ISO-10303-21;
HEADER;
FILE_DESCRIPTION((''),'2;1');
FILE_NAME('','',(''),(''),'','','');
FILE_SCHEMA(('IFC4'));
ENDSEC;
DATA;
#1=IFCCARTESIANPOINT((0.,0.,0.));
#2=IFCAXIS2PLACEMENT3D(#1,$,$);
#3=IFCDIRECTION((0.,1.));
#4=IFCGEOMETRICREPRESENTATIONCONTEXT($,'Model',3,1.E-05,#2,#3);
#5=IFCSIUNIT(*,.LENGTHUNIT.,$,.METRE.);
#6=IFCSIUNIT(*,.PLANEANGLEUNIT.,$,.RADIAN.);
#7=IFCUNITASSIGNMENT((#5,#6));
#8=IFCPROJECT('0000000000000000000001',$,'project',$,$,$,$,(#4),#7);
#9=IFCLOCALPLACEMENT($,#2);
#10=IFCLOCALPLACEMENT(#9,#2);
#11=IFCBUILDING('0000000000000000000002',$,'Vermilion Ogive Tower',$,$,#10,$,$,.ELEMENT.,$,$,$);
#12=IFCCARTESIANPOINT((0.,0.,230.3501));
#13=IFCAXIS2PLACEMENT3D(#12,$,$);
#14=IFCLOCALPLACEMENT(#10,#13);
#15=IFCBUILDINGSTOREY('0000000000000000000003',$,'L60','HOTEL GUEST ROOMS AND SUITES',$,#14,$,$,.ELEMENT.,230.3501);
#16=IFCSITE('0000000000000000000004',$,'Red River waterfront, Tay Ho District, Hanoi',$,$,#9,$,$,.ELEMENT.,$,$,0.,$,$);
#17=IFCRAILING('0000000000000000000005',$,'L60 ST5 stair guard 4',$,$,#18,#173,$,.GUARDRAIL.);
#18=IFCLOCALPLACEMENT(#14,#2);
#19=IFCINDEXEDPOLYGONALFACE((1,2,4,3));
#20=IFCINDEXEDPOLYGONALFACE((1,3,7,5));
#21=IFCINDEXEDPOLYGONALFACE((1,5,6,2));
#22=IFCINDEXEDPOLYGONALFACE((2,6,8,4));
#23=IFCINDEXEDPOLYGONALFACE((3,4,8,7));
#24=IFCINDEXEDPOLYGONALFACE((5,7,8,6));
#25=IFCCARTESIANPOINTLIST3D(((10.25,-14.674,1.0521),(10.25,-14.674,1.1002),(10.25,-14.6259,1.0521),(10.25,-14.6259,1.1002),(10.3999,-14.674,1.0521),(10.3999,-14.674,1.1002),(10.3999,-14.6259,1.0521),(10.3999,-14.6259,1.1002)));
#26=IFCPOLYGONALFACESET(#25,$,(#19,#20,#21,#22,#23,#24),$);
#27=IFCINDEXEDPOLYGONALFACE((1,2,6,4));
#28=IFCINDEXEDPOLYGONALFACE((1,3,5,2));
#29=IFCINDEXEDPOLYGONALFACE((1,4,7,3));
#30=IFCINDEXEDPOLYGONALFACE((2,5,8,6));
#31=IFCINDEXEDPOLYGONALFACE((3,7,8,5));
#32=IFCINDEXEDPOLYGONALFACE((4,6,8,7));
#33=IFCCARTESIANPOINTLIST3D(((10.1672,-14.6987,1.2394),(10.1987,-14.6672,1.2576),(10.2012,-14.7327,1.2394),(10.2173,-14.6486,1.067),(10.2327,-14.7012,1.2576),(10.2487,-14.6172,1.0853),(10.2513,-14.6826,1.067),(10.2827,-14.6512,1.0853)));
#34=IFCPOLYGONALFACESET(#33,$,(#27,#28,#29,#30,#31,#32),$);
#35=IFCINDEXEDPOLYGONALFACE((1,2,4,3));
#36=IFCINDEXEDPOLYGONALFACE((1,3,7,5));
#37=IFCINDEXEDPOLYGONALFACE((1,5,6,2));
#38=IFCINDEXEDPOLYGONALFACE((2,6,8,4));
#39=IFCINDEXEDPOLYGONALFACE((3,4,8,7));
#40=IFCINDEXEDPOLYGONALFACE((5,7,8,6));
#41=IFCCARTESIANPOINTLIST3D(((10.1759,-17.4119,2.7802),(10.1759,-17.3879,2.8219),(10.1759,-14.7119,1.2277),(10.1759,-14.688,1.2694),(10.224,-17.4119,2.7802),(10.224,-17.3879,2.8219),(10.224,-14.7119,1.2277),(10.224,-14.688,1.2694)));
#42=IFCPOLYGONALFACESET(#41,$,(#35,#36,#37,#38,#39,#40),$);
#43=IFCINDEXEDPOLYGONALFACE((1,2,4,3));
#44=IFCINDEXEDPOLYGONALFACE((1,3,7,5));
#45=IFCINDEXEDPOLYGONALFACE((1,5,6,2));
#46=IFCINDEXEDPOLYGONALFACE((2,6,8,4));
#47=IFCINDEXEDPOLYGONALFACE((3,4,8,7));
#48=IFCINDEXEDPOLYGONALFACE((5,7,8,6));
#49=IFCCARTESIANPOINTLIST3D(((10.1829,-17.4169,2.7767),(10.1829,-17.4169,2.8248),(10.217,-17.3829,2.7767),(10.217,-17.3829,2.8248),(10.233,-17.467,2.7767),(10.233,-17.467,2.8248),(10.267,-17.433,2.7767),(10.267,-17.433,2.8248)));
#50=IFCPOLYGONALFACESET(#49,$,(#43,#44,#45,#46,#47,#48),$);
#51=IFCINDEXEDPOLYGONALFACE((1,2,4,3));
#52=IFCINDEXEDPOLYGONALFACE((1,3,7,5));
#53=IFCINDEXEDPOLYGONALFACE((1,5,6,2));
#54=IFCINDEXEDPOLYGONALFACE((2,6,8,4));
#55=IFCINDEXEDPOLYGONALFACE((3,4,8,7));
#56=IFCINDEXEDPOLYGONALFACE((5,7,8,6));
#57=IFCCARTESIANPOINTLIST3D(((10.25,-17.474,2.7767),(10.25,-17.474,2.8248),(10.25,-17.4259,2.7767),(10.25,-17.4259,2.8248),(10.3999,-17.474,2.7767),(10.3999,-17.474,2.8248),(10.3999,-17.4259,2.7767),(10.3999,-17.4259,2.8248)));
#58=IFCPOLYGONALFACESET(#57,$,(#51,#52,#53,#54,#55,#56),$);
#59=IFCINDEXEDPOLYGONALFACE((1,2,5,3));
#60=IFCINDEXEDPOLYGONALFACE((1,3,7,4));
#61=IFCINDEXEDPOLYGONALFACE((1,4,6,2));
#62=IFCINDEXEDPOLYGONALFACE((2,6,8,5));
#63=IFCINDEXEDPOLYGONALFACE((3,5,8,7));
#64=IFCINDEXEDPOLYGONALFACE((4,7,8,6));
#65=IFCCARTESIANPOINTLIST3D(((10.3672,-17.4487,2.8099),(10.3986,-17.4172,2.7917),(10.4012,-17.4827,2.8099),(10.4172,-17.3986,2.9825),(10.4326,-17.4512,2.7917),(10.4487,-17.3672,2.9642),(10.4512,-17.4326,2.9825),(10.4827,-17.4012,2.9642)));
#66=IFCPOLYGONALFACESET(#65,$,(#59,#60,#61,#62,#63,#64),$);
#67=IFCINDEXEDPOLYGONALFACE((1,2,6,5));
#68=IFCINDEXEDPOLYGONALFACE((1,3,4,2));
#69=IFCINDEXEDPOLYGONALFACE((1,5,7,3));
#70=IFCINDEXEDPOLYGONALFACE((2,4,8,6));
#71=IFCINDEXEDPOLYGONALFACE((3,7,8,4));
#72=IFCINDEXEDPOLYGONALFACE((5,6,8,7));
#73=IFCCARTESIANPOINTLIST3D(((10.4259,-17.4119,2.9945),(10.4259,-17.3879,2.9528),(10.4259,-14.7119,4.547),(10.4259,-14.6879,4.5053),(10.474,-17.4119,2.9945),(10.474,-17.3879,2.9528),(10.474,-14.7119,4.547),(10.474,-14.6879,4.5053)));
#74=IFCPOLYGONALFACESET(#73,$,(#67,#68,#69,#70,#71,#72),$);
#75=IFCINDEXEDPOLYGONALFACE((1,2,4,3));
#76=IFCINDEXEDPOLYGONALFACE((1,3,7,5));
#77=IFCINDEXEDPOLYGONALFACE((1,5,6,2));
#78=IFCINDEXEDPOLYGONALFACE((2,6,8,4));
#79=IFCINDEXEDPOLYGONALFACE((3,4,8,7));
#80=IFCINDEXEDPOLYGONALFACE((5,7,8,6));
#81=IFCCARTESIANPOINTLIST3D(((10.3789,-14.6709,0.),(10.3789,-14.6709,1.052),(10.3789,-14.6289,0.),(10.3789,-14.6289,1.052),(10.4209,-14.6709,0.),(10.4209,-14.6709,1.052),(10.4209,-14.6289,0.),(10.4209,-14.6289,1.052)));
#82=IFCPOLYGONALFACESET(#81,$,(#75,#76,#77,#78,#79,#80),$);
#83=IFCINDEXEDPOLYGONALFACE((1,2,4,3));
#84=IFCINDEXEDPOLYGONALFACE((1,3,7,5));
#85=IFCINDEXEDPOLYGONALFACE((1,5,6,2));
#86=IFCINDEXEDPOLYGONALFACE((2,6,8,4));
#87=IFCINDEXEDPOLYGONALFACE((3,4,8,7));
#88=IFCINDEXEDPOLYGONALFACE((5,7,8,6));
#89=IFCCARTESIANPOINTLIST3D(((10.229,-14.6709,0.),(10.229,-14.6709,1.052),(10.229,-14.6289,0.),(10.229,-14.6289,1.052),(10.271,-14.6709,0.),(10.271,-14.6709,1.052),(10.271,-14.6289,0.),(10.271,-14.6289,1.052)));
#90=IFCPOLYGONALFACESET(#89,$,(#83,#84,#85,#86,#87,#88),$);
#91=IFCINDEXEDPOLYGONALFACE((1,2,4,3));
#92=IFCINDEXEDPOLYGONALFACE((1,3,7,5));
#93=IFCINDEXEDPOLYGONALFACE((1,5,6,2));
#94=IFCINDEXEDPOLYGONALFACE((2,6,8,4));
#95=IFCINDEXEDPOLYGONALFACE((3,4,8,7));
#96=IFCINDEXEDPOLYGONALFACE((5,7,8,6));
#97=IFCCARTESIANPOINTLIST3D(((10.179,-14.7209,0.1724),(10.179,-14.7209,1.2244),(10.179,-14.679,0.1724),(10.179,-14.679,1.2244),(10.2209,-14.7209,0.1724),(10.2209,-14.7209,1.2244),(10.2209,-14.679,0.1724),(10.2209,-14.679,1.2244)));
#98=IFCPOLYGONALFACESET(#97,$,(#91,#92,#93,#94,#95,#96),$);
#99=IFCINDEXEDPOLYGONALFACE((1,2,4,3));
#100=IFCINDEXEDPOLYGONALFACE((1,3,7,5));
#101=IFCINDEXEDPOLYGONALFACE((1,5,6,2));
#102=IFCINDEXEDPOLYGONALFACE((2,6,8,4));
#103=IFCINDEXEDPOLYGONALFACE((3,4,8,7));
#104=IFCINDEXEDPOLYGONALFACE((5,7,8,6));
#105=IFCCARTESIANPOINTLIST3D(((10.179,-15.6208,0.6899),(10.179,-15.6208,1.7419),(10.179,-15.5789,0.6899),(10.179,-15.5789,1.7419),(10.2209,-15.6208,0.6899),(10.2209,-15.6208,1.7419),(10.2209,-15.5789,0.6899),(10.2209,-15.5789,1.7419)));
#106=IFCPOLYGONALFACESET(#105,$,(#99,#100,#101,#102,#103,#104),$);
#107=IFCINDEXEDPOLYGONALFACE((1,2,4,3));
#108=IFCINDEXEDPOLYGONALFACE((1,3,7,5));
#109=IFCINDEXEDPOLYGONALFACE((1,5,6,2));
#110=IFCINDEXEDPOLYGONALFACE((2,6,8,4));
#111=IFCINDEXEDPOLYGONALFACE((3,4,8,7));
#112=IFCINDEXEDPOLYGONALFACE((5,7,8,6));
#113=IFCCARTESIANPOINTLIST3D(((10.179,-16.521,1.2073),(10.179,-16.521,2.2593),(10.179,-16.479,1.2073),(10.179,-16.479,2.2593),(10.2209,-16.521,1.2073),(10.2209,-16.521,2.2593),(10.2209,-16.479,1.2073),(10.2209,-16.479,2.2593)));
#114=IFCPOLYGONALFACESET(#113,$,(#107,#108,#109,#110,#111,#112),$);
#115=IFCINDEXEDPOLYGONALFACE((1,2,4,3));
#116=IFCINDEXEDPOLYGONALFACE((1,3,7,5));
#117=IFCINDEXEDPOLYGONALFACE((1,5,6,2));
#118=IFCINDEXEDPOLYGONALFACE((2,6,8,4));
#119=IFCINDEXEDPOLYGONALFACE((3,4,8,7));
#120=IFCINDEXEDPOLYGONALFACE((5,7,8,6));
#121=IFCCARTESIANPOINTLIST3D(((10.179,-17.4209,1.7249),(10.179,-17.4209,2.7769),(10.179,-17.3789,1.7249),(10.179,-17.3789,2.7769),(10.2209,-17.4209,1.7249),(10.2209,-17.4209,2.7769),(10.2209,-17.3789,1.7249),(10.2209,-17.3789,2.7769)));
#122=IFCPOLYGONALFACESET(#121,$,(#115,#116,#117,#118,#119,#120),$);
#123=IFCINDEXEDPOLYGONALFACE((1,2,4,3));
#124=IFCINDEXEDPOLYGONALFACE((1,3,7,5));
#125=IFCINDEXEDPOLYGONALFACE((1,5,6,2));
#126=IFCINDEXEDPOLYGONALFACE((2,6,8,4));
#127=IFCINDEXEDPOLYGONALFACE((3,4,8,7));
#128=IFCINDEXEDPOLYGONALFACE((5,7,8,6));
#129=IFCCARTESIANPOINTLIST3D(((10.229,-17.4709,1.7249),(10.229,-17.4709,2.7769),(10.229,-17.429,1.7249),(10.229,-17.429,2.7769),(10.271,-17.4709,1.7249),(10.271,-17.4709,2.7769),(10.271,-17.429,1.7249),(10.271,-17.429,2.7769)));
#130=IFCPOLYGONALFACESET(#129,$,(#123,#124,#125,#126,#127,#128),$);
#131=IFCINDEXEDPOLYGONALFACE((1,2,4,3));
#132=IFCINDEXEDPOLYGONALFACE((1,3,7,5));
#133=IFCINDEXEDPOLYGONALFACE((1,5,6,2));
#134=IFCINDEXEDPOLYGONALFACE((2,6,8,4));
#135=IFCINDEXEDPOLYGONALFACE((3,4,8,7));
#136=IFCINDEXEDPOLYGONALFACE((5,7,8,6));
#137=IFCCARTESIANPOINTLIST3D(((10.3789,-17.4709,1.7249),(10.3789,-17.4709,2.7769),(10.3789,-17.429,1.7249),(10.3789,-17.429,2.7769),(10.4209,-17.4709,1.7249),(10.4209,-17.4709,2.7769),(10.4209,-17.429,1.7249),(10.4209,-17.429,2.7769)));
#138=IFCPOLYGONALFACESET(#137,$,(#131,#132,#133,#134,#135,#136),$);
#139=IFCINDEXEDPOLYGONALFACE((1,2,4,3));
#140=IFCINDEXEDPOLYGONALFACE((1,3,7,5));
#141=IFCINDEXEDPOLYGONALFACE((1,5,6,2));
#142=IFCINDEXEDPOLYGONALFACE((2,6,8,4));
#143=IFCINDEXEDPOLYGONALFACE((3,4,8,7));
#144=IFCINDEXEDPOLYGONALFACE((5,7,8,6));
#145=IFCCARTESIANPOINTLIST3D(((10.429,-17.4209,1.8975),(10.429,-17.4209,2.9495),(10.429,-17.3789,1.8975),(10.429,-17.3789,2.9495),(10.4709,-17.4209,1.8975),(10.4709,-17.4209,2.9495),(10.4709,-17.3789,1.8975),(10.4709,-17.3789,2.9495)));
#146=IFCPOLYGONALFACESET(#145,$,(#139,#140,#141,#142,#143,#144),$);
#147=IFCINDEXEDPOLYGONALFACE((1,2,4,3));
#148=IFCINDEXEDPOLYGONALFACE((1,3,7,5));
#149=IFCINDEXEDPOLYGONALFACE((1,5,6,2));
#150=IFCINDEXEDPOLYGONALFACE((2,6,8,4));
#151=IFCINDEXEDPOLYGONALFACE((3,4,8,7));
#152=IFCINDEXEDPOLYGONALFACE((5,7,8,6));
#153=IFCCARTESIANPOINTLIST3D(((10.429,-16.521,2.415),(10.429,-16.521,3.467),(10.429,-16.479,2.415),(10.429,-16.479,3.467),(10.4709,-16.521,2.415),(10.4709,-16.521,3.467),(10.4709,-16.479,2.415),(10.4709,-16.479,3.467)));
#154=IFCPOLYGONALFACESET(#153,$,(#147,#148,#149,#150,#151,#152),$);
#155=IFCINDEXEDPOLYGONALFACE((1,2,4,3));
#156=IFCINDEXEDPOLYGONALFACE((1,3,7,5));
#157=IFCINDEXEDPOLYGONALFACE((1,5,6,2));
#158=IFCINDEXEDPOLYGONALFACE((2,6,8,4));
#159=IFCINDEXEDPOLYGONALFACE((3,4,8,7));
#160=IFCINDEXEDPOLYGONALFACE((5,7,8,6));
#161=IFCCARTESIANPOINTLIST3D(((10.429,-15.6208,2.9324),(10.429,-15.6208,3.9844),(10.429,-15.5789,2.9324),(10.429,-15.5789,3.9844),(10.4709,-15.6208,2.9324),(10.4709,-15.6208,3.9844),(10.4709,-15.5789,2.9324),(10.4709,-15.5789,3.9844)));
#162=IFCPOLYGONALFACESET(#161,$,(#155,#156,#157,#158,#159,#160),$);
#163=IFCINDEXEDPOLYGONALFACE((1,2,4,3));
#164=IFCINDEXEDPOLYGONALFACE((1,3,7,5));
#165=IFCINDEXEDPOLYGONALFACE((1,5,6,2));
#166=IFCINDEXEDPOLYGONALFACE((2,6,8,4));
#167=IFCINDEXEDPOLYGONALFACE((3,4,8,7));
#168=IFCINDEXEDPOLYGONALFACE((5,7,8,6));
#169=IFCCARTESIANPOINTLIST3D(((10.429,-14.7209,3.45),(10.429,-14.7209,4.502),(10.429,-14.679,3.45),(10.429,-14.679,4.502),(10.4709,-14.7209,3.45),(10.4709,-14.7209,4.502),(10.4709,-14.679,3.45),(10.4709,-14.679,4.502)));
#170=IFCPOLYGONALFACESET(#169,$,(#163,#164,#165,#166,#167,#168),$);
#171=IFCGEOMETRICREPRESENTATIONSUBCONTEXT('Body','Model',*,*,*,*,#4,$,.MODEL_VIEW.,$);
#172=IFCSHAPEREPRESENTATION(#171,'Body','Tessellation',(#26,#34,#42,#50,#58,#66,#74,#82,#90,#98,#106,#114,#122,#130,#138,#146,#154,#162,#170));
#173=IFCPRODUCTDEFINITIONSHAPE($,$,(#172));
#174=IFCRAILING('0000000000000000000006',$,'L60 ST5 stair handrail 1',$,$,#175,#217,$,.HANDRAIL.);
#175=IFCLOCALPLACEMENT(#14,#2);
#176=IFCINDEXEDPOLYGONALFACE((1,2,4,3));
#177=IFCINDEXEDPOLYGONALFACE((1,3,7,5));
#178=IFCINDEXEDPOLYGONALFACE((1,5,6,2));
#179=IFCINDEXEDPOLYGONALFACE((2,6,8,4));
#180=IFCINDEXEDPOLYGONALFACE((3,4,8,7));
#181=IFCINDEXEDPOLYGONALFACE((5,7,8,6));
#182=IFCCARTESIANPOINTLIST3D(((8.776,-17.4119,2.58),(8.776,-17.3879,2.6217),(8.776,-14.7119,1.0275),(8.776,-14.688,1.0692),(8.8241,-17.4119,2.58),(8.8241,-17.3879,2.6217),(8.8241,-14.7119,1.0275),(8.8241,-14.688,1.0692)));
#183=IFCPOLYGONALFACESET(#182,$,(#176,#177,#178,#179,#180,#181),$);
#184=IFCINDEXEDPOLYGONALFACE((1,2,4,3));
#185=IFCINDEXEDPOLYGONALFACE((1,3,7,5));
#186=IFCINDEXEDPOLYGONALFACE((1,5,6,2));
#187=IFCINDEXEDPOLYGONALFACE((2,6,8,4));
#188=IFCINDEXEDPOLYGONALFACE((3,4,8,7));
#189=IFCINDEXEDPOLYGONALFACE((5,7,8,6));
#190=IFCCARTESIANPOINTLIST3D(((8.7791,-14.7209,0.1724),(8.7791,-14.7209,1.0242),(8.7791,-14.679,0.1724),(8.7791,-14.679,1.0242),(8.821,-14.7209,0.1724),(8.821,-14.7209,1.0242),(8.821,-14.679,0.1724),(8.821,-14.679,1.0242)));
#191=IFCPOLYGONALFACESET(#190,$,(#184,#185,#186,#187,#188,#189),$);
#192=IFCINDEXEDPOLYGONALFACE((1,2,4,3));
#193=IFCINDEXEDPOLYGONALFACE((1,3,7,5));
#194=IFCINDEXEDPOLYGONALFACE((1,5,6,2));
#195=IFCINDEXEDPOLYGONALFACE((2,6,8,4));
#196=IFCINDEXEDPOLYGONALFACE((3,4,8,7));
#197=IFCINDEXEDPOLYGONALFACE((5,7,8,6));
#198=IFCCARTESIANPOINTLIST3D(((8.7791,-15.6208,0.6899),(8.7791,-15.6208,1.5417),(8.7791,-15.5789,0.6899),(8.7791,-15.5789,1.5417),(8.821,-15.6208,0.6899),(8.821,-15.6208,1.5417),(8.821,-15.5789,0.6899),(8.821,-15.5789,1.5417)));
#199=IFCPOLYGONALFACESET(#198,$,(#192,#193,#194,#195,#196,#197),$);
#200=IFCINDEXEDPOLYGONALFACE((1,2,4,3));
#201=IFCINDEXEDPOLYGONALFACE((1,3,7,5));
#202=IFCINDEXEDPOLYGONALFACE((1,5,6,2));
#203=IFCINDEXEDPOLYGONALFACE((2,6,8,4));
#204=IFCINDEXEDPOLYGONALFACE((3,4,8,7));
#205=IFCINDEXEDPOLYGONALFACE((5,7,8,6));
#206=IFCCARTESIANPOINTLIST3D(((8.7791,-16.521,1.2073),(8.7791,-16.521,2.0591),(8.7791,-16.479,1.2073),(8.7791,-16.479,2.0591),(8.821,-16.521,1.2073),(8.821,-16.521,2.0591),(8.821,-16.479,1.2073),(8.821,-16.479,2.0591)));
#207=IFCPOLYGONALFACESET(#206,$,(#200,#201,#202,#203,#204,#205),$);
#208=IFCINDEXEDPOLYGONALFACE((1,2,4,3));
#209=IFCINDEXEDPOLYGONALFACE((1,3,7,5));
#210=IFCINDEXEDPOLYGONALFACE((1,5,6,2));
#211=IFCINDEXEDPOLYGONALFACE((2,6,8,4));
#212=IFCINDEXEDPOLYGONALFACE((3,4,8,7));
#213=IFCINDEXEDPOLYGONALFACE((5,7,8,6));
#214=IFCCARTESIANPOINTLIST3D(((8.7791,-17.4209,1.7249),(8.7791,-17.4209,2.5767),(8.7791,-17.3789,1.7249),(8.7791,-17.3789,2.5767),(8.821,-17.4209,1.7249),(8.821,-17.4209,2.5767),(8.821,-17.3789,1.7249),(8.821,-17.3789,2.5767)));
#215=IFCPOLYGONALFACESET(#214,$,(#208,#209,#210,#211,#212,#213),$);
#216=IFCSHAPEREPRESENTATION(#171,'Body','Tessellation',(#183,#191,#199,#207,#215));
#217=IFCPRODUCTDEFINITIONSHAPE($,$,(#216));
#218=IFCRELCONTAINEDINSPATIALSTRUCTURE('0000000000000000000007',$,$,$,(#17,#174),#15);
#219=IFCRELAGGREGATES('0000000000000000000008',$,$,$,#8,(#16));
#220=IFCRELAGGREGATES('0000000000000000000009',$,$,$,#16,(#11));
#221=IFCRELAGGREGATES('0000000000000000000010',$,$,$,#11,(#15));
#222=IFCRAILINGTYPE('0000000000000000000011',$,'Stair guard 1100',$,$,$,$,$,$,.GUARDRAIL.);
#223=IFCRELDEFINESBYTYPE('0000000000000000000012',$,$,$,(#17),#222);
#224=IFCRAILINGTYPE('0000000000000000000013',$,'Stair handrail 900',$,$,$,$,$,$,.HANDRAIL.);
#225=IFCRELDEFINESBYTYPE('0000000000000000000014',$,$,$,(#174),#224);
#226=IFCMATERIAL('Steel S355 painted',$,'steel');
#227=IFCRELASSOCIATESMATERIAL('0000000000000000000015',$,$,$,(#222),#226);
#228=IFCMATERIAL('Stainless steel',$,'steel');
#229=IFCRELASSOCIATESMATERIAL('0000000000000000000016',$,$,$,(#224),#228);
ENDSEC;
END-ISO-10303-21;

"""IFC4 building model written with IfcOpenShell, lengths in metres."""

from ifc_helpers import new_model, si_unit, direction, frame, origin, origin_2d, place, context, subcontext, project, spatial, rectangle, extrude, material, type_object, element, save


model = new_model("IFC4")

# Units and contexts
model_context = context("Model", 3, precision=1e-05, world=origin(), true_north=direction((0.0, 1.0)))
body_context = subcontext(model_context, "Body", "Model", "MODEL_VIEW")
ifc_project = project(units=[si_unit("LENGTHUNIT", "METRE"), si_unit("PLANEANGLEUNIT", "RADIAN")], contexts=[model_context])

# Site, building, storey
site_placement = place(None, origin())
site = spatial("IfcSite", under=ifc_project, at=site_placement, Name="Red River waterfront, Tay Ho District, Hanoi", CompositionType="ELEMENT", RefElevation=0.0)
building_placement = place(site_placement, origin())
building = spatial("IfcBuilding", under=site, at=building_placement, Name="Vermilion Ogive Tower", CompositionType="ELEMENT")
storey_placement = place(building_placement, frame((0.0, 0.0, 230.3501)))
storey = spatial("IfcBuildingStorey", under=building, at=storey_placement, Name="L60", Description="HOTEL GUEST ROOMS AND SUITES", CompositionType="ELEMENT", Elevation=230.3501)

# Railings
ifc_material_1 = material(Name="Steel S355 painted", Category="steel")
railing_type_1 = type_object("IfcRailingType", Name="Stair guard 1100", PredefinedType="GUARDRAIL", material=ifc_material_1)
railing_1_placement = place(storey_placement, frame((10.3999, -14.6499, 0.0)))
element("IfcRailing", 1, at=railing_1_placement, inside=storey, type_object=railing_type_1, Name="L60 ST5 stair guard 4", PredefinedType="GUARDRAIL", context=body_context, shape_type="SweptSolid", body=[
    extrude(rectangle(XDim=0.0481, YDim=0.0481, at=origin_2d()), frame((0.0, 0.0, 1.0762), z_axis=(-1.0, 0.0, 0.0), x_axis=(0.0, -1.0, 0.0)), (0.0, 0.0, 1.0), 0.1499),
    extrude(rectangle(XDim=0.0481, YDim=0.0481, at=origin_2d()), frame((-0.1499, 0.0, 1.0762), z_axis=(-0.268603, -0.268603, 0.925043), x_axis=(0.707107, -0.707107, 0.0)), (0.0, 0.0, 1.0), 0.1863),
    extrude(rectangle(XDim=0.0481, YDim=0.0481, at=origin_2d()), frame((-0.2, -0.05, 1.2485), z_axis=(0.0, -0.866904, 0.498476), x_axis=(1.0, 0.0, 0.0)), (0.0, 0.0, 1.0), 3.1145),
    extrude(rectangle(XDim=0.0481, YDim=0.0481, at=origin_2d()), frame((-0.2, -2.75, 2.8008), z_axis=(0.707107, -0.707107, 0.0), x_axis=(0.707107, 0.707107, 0.0)), (0.0, 0.0, 1.0), 0.0708),
    extrude(rectangle(XDim=0.0481, YDim=0.0481, at=origin_2d()), frame((-0.1499, -2.8, 2.8008), z_axis=(1.0, 0.0, 0.0), x_axis=(0.0, 1.0, 0.0)), (0.0, 0.0, 1.0), 0.1499),
    extrude(rectangle(XDim=0.0481, YDim=0.0481, at=origin_2d()), frame((0.0, -2.8, 2.8008), z_axis=(0.268278, 0.268278, 0.925232), x_axis=(-0.707107, 0.707107, 0.0)), (0.0, 0.0, 1.0), 0.1865),
    extrude(rectangle(XDim=0.0481, YDim=0.0481, at=origin_2d()), frame((0.05, -2.75, 2.9736), z_axis=(0.0, 0.866904, 0.498476), x_axis=(-1.0, 0.0, 0.0)), (0.0, 0.0, 1.0), 3.1145),
    extrude(rectangle(XDim=0.042, YDim=0.042, at=origin_2d()), origin(), (0.0, 0.0, 1.0), 1.052),
    extrude(rectangle(XDim=0.042, YDim=0.042, at=origin_2d()), frame((-0.1499, 0.0, 0.0)), (0.0, 0.0, 1.0), 1.052),
    extrude(rectangle(XDim=0.042, YDim=0.042, at=origin_2d()), frame((-0.2, -0.05, 0.1724)), (0.0, 0.0, 1.0), 1.052),
    extrude(rectangle(XDim=0.042, YDim=0.042, at=origin_2d()), frame((-0.2, -0.95, 0.6899)), (0.0, 0.0, 1.0), 1.052),
    extrude(rectangle(XDim=0.042, YDim=0.042, at=origin_2d()), frame((-0.2, -1.8501, 1.2073)), (0.0, 0.0, 1.0), 1.052),
    extrude(rectangle(XDim=0.042, YDim=0.042, at=origin_2d()), frame((-0.2, -2.75, 1.7249)), (0.0, 0.0, 1.0), 1.052),
    extrude(rectangle(XDim=0.042, YDim=0.042, at=origin_2d()), frame((-0.1499, -2.8, 1.7249)), (0.0, 0.0, 1.0), 1.052),
    extrude(rectangle(XDim=0.042, YDim=0.042, at=origin_2d()), frame((0.0, -2.8, 1.7249)), (0.0, 0.0, 1.0), 1.052),
    extrude(rectangle(XDim=0.042, YDim=0.042, at=origin_2d()), frame((0.05, -2.75, 1.8975)), (0.0, 0.0, 1.0), 1.052),
    extrude(rectangle(XDim=0.042, YDim=0.042, at=origin_2d()), frame((0.05, -1.8501, 2.415)), (0.0, 0.0, 1.0), 1.052),
    extrude(rectangle(XDim=0.042, YDim=0.042, at=origin_2d()), frame((0.05, -0.95, 2.9324)), (0.0, 0.0, 1.0), 1.052),
    extrude(rectangle(XDim=0.042, YDim=0.042, at=origin_2d()), frame((0.05, -0.05, 3.45)), (0.0, 0.0, 1.0), 1.052),
])
ifc_material_2 = material(Name="Stainless steel", Category="steel")
railing_type_2 = type_object("IfcRailingType", Name="Stair handrail 900", PredefinedType="HANDRAIL", material=ifc_material_2)
railing_2_placement = place(storey_placement, frame((8.8, -14.7, 0.1724)))
element("IfcRailing", 2, at=railing_2_placement, inside=storey, type_object=railing_type_2, Name="L60 ST5 stair handrail 1", PredefinedType="HANDRAIL", context=body_context, shape_type="SweptSolid", body=[
    extrude(rectangle(XDim=0.0481, YDim=0.0481, at=origin_2d()), frame((0.0, 0.0, 0.876), z_axis=(0.0, -0.866904, 0.498476), x_axis=(1.0, 0.0, 0.0)), (0.0, 0.0, 1.0), 3.1145),
    extrude(rectangle(XDim=0.042, YDim=0.042, at=origin_2d()), origin(), (0.0, 0.0, 1.0), 0.8518),
    extrude(rectangle(XDim=0.042, YDim=0.042, at=origin_2d()), frame((0.0, -0.8999, 0.5176)), (0.0, 0.0, 1.0), 0.8518),
    extrude(rectangle(XDim=0.042, YDim=0.042, at=origin_2d()), frame((0.0, -1.8, 1.0349)), (0.0, 0.0, 1.0), 0.8518),
    extrude(rectangle(XDim=0.042, YDim=0.042, at=origin_2d()), frame((0.0, -2.7, 1.5525)), (0.0, 0.0, 1.0), 0.8518),
])

save(model, "model.ifc")
